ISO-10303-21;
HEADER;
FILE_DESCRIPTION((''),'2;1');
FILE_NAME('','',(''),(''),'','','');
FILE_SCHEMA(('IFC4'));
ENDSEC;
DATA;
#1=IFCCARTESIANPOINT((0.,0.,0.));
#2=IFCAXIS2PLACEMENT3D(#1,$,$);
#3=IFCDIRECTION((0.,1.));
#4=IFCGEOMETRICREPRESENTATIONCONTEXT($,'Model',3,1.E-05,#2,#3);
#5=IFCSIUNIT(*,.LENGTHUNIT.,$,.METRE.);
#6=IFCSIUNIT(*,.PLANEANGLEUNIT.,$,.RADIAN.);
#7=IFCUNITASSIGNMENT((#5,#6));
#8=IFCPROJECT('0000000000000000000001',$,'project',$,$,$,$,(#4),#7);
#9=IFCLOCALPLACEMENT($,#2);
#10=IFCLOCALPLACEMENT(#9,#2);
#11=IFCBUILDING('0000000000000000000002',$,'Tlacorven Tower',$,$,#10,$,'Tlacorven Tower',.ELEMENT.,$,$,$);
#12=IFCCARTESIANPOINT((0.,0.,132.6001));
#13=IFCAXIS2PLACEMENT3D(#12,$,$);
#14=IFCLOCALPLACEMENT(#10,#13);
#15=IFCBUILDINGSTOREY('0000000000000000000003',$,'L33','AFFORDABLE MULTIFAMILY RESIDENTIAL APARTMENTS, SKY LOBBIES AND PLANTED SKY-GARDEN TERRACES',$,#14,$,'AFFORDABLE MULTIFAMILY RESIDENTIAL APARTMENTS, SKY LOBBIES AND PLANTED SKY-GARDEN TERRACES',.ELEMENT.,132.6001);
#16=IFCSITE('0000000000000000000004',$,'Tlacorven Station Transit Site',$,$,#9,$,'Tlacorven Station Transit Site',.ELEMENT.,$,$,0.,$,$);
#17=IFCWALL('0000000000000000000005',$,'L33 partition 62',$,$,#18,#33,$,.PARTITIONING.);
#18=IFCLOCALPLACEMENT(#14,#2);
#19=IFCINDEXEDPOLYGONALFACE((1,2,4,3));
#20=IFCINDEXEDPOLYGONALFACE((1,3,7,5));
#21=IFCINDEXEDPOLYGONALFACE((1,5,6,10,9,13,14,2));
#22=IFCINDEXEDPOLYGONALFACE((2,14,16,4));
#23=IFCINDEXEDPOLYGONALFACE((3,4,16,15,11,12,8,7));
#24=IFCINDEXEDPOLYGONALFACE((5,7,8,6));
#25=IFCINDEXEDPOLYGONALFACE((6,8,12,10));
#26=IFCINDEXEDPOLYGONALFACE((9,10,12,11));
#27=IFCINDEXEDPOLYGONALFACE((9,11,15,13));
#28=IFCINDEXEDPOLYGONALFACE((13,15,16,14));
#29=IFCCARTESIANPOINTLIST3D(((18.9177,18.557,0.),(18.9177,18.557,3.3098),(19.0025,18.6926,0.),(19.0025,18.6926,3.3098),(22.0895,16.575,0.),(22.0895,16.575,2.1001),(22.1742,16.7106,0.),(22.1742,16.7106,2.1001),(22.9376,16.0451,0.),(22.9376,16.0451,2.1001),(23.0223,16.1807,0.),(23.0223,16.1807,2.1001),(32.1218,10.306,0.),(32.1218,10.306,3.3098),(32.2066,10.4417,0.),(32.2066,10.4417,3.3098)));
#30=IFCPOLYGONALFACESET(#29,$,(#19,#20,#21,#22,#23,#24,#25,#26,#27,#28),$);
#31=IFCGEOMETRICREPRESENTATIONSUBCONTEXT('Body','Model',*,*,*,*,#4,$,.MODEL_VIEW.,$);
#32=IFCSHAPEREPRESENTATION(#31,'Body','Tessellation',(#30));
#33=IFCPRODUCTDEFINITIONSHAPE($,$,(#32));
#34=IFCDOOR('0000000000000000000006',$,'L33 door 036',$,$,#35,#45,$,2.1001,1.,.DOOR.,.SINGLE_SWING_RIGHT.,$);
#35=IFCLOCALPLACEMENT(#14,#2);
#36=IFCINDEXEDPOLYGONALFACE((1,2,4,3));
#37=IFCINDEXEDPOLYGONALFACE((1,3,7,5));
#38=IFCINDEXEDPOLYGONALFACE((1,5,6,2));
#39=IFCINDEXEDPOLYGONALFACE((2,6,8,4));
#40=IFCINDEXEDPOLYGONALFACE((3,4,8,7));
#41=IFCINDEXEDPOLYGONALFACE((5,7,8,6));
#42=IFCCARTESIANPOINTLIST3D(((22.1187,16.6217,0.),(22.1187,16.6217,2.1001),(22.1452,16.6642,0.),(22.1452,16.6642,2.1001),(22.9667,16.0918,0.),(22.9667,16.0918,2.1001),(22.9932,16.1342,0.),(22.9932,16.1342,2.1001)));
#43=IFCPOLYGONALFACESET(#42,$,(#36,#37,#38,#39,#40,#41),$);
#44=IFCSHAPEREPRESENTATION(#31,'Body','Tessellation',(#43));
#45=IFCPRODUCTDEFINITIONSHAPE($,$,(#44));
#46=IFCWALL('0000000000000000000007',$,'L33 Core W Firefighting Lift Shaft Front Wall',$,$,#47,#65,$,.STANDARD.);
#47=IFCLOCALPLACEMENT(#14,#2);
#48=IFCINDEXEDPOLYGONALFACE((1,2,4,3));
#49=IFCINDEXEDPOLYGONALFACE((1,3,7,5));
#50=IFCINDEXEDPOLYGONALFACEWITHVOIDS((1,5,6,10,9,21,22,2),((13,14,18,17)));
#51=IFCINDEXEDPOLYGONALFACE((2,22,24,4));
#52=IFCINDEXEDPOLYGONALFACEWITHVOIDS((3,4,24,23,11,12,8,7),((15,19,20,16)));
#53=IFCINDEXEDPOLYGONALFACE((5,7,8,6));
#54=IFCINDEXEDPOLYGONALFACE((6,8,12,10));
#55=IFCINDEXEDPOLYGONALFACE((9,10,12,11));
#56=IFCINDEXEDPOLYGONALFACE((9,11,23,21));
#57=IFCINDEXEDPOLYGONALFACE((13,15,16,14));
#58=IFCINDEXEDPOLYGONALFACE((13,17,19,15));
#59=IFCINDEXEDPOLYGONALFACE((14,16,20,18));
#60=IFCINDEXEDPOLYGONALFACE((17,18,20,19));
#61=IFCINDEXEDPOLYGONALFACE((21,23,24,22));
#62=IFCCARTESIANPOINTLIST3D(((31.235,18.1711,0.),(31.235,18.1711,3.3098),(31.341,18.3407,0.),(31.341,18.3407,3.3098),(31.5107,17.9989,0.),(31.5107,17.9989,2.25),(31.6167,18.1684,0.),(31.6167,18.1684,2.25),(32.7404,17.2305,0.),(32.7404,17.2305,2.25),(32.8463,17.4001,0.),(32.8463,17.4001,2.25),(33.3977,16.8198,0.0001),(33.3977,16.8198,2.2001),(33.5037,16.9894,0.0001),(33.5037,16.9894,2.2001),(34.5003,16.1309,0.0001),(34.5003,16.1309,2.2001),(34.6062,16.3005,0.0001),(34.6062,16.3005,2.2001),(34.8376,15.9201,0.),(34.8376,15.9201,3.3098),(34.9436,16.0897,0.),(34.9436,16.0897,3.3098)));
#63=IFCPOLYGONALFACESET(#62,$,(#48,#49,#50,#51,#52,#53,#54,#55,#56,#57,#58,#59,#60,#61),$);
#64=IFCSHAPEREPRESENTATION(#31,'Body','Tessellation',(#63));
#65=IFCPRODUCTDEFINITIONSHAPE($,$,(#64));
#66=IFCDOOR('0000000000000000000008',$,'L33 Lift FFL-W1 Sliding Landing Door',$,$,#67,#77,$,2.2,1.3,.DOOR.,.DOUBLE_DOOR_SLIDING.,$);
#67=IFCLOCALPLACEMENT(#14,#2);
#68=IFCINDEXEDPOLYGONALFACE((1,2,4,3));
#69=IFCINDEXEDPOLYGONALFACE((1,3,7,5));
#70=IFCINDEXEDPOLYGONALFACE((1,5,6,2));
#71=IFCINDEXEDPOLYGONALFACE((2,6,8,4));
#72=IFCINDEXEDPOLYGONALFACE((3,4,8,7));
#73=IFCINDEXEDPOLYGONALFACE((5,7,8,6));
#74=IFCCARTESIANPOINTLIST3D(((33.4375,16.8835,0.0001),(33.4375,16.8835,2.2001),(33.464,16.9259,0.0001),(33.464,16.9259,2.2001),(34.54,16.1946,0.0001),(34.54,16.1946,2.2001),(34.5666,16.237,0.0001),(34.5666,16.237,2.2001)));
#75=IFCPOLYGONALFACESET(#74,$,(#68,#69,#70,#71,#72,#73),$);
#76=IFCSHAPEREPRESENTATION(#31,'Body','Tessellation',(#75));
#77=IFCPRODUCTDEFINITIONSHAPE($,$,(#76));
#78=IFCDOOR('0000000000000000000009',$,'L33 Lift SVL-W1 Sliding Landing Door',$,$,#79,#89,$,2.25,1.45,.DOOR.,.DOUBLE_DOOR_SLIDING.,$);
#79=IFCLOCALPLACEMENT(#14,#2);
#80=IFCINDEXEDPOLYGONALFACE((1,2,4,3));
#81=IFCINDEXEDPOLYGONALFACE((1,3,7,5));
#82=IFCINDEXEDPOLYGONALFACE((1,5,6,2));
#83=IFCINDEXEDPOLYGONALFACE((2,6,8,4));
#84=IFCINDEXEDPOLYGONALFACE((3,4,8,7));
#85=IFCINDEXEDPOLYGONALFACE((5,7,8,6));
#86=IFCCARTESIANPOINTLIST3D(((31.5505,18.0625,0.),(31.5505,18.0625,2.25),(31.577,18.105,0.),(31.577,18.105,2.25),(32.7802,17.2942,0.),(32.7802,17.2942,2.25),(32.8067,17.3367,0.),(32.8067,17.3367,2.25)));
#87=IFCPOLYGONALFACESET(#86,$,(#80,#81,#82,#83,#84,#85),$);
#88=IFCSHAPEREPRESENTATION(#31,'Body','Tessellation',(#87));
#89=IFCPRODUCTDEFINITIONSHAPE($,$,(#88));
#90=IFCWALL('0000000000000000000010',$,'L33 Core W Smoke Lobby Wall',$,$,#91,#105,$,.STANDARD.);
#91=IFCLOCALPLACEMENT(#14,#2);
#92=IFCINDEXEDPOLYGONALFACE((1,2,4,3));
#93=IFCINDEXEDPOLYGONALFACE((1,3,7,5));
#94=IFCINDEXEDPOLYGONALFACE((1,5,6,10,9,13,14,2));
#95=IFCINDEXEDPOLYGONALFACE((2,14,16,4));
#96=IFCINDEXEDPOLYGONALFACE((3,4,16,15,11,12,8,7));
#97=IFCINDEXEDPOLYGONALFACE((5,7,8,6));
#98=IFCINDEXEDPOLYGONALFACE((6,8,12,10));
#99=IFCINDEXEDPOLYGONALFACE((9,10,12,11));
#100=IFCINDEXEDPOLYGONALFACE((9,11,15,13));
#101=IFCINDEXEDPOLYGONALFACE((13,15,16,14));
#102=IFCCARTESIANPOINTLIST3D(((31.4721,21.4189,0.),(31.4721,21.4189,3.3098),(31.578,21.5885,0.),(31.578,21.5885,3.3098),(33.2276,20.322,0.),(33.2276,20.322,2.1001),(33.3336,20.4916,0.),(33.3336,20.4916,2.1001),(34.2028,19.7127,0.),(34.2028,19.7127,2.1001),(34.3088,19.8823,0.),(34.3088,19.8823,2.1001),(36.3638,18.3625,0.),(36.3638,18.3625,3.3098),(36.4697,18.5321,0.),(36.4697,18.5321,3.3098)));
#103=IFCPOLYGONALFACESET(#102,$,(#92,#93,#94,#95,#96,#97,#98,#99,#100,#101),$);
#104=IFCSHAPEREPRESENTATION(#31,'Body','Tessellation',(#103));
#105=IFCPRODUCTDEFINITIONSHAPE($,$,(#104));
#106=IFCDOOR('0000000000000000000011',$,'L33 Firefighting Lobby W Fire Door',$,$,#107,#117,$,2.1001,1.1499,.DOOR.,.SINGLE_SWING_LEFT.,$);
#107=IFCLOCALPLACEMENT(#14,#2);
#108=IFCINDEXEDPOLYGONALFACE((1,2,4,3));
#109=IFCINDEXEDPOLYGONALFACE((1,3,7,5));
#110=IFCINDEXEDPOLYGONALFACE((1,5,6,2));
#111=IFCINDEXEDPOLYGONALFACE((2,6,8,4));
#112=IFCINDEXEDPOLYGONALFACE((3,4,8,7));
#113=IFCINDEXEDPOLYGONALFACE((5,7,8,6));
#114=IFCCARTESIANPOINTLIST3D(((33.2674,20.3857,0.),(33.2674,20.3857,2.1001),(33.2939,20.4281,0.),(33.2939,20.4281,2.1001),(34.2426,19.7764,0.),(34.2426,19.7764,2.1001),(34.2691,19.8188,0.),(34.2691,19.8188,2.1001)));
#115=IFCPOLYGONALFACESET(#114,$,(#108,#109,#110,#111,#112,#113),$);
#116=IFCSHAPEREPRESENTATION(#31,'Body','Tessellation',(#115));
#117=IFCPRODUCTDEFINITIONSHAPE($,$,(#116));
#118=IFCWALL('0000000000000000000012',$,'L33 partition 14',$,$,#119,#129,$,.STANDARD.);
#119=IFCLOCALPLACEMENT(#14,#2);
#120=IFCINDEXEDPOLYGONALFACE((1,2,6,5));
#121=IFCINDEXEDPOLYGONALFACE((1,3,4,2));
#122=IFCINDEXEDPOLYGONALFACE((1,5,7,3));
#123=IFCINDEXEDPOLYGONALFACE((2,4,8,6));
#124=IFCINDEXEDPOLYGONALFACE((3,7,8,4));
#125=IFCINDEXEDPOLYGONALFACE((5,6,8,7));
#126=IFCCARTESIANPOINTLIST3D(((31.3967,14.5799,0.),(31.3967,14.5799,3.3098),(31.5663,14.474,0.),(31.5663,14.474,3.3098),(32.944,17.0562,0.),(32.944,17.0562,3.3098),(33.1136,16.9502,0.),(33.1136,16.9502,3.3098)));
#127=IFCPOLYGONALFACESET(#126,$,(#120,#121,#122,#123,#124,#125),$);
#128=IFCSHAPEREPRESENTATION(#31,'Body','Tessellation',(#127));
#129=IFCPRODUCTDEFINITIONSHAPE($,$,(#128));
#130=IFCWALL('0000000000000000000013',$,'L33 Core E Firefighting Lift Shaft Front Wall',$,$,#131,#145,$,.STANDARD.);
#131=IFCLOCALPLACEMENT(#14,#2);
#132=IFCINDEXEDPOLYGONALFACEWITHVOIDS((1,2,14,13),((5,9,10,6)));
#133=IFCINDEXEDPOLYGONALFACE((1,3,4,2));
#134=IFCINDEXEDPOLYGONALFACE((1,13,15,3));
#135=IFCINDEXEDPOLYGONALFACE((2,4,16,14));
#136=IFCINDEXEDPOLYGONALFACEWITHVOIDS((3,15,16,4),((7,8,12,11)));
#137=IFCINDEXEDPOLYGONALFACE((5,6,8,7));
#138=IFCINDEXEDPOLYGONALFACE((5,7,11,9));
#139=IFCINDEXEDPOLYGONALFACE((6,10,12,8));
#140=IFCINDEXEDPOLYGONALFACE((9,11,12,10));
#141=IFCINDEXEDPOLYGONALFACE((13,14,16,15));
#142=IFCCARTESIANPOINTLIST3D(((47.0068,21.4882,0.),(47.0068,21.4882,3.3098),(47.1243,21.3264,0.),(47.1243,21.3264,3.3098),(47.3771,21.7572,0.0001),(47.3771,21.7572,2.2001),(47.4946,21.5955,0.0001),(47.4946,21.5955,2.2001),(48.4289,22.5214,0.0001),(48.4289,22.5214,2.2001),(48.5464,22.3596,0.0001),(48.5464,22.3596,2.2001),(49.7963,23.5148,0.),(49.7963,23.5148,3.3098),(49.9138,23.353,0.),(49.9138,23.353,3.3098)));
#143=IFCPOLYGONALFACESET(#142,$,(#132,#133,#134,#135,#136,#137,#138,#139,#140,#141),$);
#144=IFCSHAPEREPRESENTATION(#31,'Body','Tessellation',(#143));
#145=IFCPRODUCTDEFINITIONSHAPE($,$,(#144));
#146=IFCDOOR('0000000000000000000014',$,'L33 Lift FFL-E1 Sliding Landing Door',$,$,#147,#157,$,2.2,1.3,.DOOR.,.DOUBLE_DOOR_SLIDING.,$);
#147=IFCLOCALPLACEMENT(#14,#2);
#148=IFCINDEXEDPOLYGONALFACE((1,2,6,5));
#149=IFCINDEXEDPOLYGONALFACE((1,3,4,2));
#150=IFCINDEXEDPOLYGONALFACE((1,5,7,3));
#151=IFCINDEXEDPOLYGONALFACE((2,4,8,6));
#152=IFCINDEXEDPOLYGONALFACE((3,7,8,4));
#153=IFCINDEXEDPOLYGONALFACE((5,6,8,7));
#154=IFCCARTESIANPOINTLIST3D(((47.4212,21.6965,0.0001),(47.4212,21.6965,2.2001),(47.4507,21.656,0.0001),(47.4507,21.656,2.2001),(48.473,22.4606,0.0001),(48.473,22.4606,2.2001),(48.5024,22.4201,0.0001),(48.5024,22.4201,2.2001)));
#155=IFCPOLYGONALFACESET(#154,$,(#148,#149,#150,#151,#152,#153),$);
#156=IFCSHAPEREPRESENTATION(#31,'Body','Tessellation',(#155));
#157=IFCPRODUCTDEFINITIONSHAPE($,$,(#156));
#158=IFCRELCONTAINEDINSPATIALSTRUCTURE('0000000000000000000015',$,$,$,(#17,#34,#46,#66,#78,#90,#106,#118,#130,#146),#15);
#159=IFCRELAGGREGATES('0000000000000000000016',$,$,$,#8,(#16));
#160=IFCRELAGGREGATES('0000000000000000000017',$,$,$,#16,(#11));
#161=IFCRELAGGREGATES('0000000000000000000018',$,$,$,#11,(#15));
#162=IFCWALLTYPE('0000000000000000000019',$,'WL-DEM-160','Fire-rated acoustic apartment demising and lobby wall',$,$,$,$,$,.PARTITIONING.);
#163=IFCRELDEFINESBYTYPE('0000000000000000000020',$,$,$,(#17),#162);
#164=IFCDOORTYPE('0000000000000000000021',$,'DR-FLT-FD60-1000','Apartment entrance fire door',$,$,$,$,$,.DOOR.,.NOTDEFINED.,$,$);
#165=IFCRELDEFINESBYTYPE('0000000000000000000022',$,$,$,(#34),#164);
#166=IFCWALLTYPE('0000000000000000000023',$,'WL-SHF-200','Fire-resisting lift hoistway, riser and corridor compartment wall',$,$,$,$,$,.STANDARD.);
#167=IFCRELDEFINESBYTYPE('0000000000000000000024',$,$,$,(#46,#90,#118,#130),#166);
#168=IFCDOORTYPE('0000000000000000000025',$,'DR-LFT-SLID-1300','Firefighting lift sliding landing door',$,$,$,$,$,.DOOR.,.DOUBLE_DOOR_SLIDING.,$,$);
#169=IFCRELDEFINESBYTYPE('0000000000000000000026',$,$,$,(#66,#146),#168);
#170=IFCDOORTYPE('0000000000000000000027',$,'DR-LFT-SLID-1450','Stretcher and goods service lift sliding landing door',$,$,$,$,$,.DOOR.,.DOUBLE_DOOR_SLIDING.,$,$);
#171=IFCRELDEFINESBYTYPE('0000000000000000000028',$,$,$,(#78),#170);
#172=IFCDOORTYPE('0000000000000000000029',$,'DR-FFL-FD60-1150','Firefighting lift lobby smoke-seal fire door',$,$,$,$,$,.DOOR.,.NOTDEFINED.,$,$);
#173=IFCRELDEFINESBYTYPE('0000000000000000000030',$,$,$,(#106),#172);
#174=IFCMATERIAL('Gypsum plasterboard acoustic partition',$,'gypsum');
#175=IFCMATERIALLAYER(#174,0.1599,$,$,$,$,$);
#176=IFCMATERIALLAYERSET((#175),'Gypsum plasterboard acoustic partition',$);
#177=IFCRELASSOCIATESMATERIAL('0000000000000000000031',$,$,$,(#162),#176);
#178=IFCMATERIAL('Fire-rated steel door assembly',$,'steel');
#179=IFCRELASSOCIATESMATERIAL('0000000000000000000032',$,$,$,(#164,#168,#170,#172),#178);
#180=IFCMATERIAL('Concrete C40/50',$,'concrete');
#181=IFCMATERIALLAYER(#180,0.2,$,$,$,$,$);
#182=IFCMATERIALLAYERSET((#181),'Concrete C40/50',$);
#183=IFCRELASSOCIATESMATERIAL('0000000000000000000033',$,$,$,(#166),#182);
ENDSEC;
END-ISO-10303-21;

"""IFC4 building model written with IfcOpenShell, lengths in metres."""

from ifc_helpers import new_model, si_unit, direction, frame, frame_2d, origin, place, context, subcontext, project, spatial, rectangle, extrude, source, transform, mapped, material, layer, layer_set, type_object, element, fill, save


model = new_model("IFC4")

# Units and contexts
model_context = context("Model", 3, precision=1e-05, world=origin(), true_north=direction((0.0, 1.0)))
body_context = subcontext(model_context, "Body", "Model", "MODEL_VIEW")
ifc_project = project(units=[si_unit("LENGTHUNIT", "METRE"), si_unit("PLANEANGLEUNIT", "RADIAN")], contexts=[model_context])

# Site, building, storey
site_placement = place(None, origin())
site = spatial("IfcSite", under=ifc_project, at=site_placement, Name="Tlacorven Station Transit Site", LongName="Tlacorven Station Transit Site", CompositionType="ELEMENT", RefElevation=0.0)
building_placement = place(site_placement, origin())
building = spatial("IfcBuilding", under=site, at=building_placement, Name="Tlacorven Tower", LongName="Tlacorven Tower", CompositionType="ELEMENT")
storey_placement = place(building_placement, frame((0.0, 0.0, 132.6001)))
storey = spatial("IfcBuildingStorey", under=building, at=storey_placement, Name="L33", Description="AFFORDABLE MULTIFAMILY RESIDENTIAL APARTMENTS, SKY LOBBIES AND PLANTED SKY-GARDEN TERRACES", LongName="AFFORDABLE MULTIFAMILY RESIDENTIAL APARTMENTS, SKY LOBBIES AND PLANTED SKY-GARDEN TERRACES", CompositionType="ELEMENT", Elevation=132.6001)

# Wall, opening, door
ifc_material_1 = material(Name="Gypsum plasterboard acoustic partition", Category="gypsum")
ifc_layer_1 = layer(ifc_material_1, 0.1599)
ifc_layer_set_1 = layer_set([ifc_layer_1], Name="Gypsum plasterboard acoustic partition")
wall_type_1 = type_object("IfcWallType", Name="WL-DEM-160", Description="Fire-rated acoustic apartment demising and lobby wall", PredefinedType="PARTITIONING", material=ifc_layer_set_1)
wall_1_placement = place(storey_placement, frame((32.1643, 10.3738, 0.0), z_axis=(0.0, 0.0, 1.0), x_axis=(-0.848044, 0.529926, 0.0)))
wall_1 = element("IfcWall", 1, at=wall_1_placement, inside=storey, type_object=wall_type_1, Name="L33 partition 62", PredefinedType="PARTITIONING", context=body_context, shape_type="SweptSolid", body=[
    extrude(rectangle(XDim=15.5701, YDim=0.1599, at=frame_2d((7.7852, 0.0))), origin(), (0.0, 0.0, 1.0), 3.3098),
])
opening_1_placement = place(wall_1_placement, frame((10.8301, 0.0, 0.0)))
opening_1 = element("IfcOpeningElement", 2, at=opening_1_placement, cuts=wall_1, PredefinedType="OPENING", context=body_context, shape_type="SweptSolid", body=[
    extrude(rectangle(XDim=1.0, YDim=2.1001, at=frame_2d((0.5, 1.05))), frame((0.0, 0.0898, 0.0), z_axis=(0.0, -1.0, 0.0), x_axis=(1.0, 0.0, 0.0)), (0.0, 0.0, 1.0), 0.1799),
])
ifc_material_2 = material(Name="Fire-rated steel door assembly", Category="steel")
door_type_1 = type_object("IfcDoorType", Name="DR-FLT-FD60-1000", Description="Apartment entrance fire door", OperationType="NOTDEFINED", PredefinedType="DOOR", material=ifc_material_2)
shared_shape_1 = source(origin(), body_context, "Body", "SweptSolid", [
    extrude(rectangle(XDim=1.0, YDim=2.1001, at=frame_2d((0.5, 1.05))), frame((0.0, 0.0249, 0.0), z_axis=(0.0, -1.0, 0.0), x_axis=(1.0, 0.0, 0.0)), (0.0, 0.0, 1.0), 0.05),
])
door_1_placement = place(opening_1_placement, origin())
door_1 = element("IfcDoor", 3, at=door_1_placement, inside=storey, type_object=door_type_1, Name="L33 door 036", OperationType="SINGLE_SWING_RIGHT", OverallHeight=2.1001, OverallWidth=1.0, PredefinedType="DOOR", context=body_context, shape_type="MappedRepresentation", body=[
    mapped(shared_shape_1, transform((0.0, 0.0, 0.0), scale=1.0)),
])
fill(opening_1, door_1)

# Wall, openings, doors
ifc_material_3 = material(Name="Concrete C40/50", Category="concrete")
ifc_layer_2 = layer(ifc_material_3, 0.2)
ifc_layer_set_2 = layer_set([ifc_layer_2], Name="Concrete C40/50")
wall_type_2 = type_object("IfcWallType", Name="WL-SHF-200", Description="Fire-resisting lift hoistway, riser and corridor compartment wall", PredefinedType="STANDARD", material=ifc_layer_set_2)
wall_2_placement = place(storey_placement, frame((34.8906, 16.0049, 0.0), z_axis=(0.0, 0.0, 1.0), x_axis=(-0.848063, 0.529896, 0.0)))
wall_2 = element("IfcWall", 4, at=wall_2_placement, inside=storey, type_object=wall_type_2, Name="L33 Core W Firefighting Lift Shaft Front Wall", PredefinedType="STANDARD", context=body_context, shape_type="SweptSolid", body=[
    extrude(rectangle(XDim=4.248, YDim=0.2, at=frame_2d((2.124, 0.0))), origin(), (0.0, 0.0, 1.0), 3.3098),
])
opening_2_placement = place(wall_2_placement, frame((0.3979, 0.0, 0.0)))
opening_2 = element("IfcOpeningElement", 5, at=opening_2_placement, cuts=wall_2, PredefinedType="OPENING", context=body_context, shape_type="SweptSolid", body=[
    extrude(rectangle(XDim=1.3, YDim=2.2, at=frame_2d((0.6499, 1.1001))), frame((0.0, 0.1099, 0.0), z_axis=(0.0, -1.0, 0.0), x_axis=(1.0, 0.0, 0.0)), (0.0, 0.0, 1.0), 0.22),
])
opening_3_placement = place(wall_2_placement, frame((2.4729, 0.0, 0.0)))
opening_3 = element("IfcOpeningElement", 6, at=opening_3_placement, cuts=wall_2, PredefinedType="OPENING", context=body_context, shape_type="SweptSolid", body=[
    extrude(rectangle(XDim=1.45, YDim=2.25, at=frame_2d((0.7251, 1.125))), frame((0.0, 0.1099, 0.0), z_axis=(0.0, -1.0, 0.0), x_axis=(1.0, 0.0, 0.0)), (0.0, 0.0, 1.0), 0.22),
])
door_type_2 = type_object("IfcDoorType", Name="DR-LFT-SLID-1300", Description="Firefighting lift sliding landing door", OperationType="DOUBLE_DOOR_SLIDING", PredefinedType="DOOR", material=ifc_material_2)
shared_shape_2 = source(origin(), body_context, "Body", "SweptSolid", [
    extrude(rectangle(XDim=1.3, YDim=2.2, at=frame_2d((0.6499, 1.1001))), frame((0.0, 0.0249, 0.0), z_axis=(0.0, -1.0, 0.0), x_axis=(1.0, 0.0, 0.0)), (0.0, 0.0, 1.0), 0.05),
])
door_2_placement = place(opening_2_placement, origin())
door_2 = element("IfcDoor", 7, at=door_2_placement, inside=storey, type_object=door_type_2, Name="L33 Lift FFL-W1 Sliding Landing Door", OperationType="DOUBLE_DOOR_SLIDING", OverallHeight=2.2, OverallWidth=1.3, PredefinedType="DOOR", context=body_context, shape_type="MappedRepresentation", body=[
    mapped(shared_shape_2, transform((0.0, 0.0, 0.0), scale=1.0)),
])
fill(opening_2, door_2)
door_type_3 = type_object("IfcDoorType", Name="DR-LFT-SLID-1450", Description="Stretcher and goods service lift sliding landing door", OperationType="DOUBLE_DOOR_SLIDING", PredefinedType="DOOR", material=ifc_material_2)
shared_shape_3 = source(origin(), body_context, "Body", "SweptSolid", [
    extrude(rectangle(XDim=1.45, YDim=2.25, at=frame_2d((0.7251, 1.125))), frame((0.0, 0.0249, 0.0), z_axis=(0.0, -1.0, 0.0), x_axis=(1.0, 0.0, 0.0)), (0.0, 0.0, 1.0), 0.05),
])
door_3_placement = place(opening_3_placement, origin())
door_3 = element("IfcDoor", 8, at=door_3_placement, inside=storey, type_object=door_type_3, Name="L33 Lift SVL-W1 Sliding Landing Door", OperationType="DOUBLE_DOOR_SLIDING", OverallHeight=2.25, OverallWidth=1.45, PredefinedType="DOOR", context=body_context, shape_type="MappedRepresentation", body=[
    mapped(shared_shape_3, transform((0.0, 0.0, 0.0), scale=1.0)),
])
fill(opening_3, door_3)

# Wall, opening, door
wall_3_placement = place(storey_placement, frame((36.4167, 18.4473, 0.0), z_axis=(0.0, 0.0, 1.0), x_axis=(-0.848065, 0.529892, 0.0)))
wall_3 = element("IfcWall", 9, at=wall_3_placement, inside=storey, type_object=wall_type_2, Name="L33 Core W Smoke Lobby Wall", PredefinedType="STANDARD", context=body_context, shape_type="SweptSolid", body=[
    extrude(rectangle(XDim=5.7681, YDim=0.2, at=frame_2d((2.884, 0.0))), origin(), (0.0, 0.0, 1.0), 3.3098),
])
opening_4_placement = place(wall_3_placement, frame((2.5481, 0.0, 0.0)))
opening_4 = element("IfcOpeningElement", 10, at=opening_4_placement, cuts=wall_3, PredefinedType="OPENING", context=body_context, shape_type="SweptSolid", body=[
    extrude(rectangle(XDim=1.1499, YDim=2.1001, at=frame_2d((0.575, 1.05))), frame((0.0, 0.1099, 0.0), z_axis=(0.0, -1.0, 0.0), x_axis=(1.0, 0.0, 0.0)), (0.0, 0.0, 1.0), 0.22),
])
door_type_4 = type_object("IfcDoorType", Name="DR-FFL-FD60-1150", Description="Firefighting lift lobby smoke-seal fire door", OperationType="NOTDEFINED", PredefinedType="DOOR", material=ifc_material_2)
shared_shape_4 = source(origin(), body_context, "Body", "SweptSolid", [
    extrude(rectangle(XDim=1.1499, YDim=2.1001, at=frame_2d((0.575, 1.05))), frame((0.0, 0.0249, 0.0), z_axis=(0.0, -1.0, 0.0), x_axis=(1.0, 0.0, 0.0)), (0.0, 0.0, 1.0), 0.05),
])
door_4_placement = place(opening_4_placement, origin())
door_4 = element("IfcDoor", 11, at=door_4_placement, inside=storey, type_object=door_type_4, Name="L33 Firefighting Lobby W Fire Door", OperationType="SINGLE_SWING_LEFT", OverallHeight=2.1001, OverallWidth=1.1499, PredefinedType="DOOR", context=body_context, shape_type="MappedRepresentation", body=[
    mapped(shared_shape_4, transform((0.0, 0.0, 0.0), scale=1.0)),
])
fill(opening_4, door_4)

# Wall
wall_4_placement = place(storey_placement, frame((33.0288, 17.0032, 0.0), z_axis=(0.0, 0.0, 1.0), x_axis=(-0.529916, -0.84805, 0.0)))
element("IfcWall", 12, at=wall_4_placement, inside=storey, type_object=wall_type_2, Name="L33 partition 14", PredefinedType="STANDARD", context=body_context, shape_type="SweptSolid", body=[
    extrude(rectangle(XDim=2.9199, YDim=0.2, at=frame_2d((1.46, 0.0))), origin(), (0.0, 0.0, 1.0), 3.3098),
])

# Wall, opening, door
wall_5_placement = place(storey_placement, frame((47.0654, 21.4072, 0.0), z_axis=(0.0, 0.0, 1.0), x_axis=(0.809033, 0.587763, 0.0)))
wall_5 = element("IfcWall", 13, at=wall_5_placement, inside=storey, type_object=wall_type_2, Name="L33 Core E Firefighting Lift Shaft Front Wall", PredefinedType="STANDARD", context=body_context, shape_type="SweptSolid", body=[
    extrude(rectangle(XDim=3.448, YDim=0.2, at=frame_2d((1.7241, 0.0))), origin(), (0.0, 0.0, 1.0), 3.3098),
])
opening_5_placement = place(wall_5_placement, frame((0.458, 0.0, 0.0)))
opening_5 = element("IfcOpeningElement", 14, at=opening_5_placement, cuts=wall_5, PredefinedType="OPENING", context=body_context, shape_type="SweptSolid", body=[
    extrude(rectangle(XDim=1.3, YDim=2.2, at=frame_2d((0.6499, 1.1001))), frame((0.0, 0.1099, 0.0), z_axis=(0.0, -1.0, 0.0), x_axis=(1.0, 0.0, 0.0)), (0.0, 0.0, 1.0), 0.22),
])
door_5_placement = place(opening_5_placement, origin())
door_5 = element("IfcDoor", 15, at=door_5_placement, inside=storey, type_object=door_type_2, Name="L33 Lift FFL-E1 Sliding Landing Door", OperationType="DOUBLE_DOOR_SLIDING", OverallHeight=2.2, OverallWidth=1.3, PredefinedType="DOOR", context=body_context, shape_type="MappedRepresentation", body=[
    mapped(shared_shape_2, transform((0.0, 0.0, 0.0), scale=1.0)),
])
fill(opening_5, door_5)

save(model, "model.ifc")
